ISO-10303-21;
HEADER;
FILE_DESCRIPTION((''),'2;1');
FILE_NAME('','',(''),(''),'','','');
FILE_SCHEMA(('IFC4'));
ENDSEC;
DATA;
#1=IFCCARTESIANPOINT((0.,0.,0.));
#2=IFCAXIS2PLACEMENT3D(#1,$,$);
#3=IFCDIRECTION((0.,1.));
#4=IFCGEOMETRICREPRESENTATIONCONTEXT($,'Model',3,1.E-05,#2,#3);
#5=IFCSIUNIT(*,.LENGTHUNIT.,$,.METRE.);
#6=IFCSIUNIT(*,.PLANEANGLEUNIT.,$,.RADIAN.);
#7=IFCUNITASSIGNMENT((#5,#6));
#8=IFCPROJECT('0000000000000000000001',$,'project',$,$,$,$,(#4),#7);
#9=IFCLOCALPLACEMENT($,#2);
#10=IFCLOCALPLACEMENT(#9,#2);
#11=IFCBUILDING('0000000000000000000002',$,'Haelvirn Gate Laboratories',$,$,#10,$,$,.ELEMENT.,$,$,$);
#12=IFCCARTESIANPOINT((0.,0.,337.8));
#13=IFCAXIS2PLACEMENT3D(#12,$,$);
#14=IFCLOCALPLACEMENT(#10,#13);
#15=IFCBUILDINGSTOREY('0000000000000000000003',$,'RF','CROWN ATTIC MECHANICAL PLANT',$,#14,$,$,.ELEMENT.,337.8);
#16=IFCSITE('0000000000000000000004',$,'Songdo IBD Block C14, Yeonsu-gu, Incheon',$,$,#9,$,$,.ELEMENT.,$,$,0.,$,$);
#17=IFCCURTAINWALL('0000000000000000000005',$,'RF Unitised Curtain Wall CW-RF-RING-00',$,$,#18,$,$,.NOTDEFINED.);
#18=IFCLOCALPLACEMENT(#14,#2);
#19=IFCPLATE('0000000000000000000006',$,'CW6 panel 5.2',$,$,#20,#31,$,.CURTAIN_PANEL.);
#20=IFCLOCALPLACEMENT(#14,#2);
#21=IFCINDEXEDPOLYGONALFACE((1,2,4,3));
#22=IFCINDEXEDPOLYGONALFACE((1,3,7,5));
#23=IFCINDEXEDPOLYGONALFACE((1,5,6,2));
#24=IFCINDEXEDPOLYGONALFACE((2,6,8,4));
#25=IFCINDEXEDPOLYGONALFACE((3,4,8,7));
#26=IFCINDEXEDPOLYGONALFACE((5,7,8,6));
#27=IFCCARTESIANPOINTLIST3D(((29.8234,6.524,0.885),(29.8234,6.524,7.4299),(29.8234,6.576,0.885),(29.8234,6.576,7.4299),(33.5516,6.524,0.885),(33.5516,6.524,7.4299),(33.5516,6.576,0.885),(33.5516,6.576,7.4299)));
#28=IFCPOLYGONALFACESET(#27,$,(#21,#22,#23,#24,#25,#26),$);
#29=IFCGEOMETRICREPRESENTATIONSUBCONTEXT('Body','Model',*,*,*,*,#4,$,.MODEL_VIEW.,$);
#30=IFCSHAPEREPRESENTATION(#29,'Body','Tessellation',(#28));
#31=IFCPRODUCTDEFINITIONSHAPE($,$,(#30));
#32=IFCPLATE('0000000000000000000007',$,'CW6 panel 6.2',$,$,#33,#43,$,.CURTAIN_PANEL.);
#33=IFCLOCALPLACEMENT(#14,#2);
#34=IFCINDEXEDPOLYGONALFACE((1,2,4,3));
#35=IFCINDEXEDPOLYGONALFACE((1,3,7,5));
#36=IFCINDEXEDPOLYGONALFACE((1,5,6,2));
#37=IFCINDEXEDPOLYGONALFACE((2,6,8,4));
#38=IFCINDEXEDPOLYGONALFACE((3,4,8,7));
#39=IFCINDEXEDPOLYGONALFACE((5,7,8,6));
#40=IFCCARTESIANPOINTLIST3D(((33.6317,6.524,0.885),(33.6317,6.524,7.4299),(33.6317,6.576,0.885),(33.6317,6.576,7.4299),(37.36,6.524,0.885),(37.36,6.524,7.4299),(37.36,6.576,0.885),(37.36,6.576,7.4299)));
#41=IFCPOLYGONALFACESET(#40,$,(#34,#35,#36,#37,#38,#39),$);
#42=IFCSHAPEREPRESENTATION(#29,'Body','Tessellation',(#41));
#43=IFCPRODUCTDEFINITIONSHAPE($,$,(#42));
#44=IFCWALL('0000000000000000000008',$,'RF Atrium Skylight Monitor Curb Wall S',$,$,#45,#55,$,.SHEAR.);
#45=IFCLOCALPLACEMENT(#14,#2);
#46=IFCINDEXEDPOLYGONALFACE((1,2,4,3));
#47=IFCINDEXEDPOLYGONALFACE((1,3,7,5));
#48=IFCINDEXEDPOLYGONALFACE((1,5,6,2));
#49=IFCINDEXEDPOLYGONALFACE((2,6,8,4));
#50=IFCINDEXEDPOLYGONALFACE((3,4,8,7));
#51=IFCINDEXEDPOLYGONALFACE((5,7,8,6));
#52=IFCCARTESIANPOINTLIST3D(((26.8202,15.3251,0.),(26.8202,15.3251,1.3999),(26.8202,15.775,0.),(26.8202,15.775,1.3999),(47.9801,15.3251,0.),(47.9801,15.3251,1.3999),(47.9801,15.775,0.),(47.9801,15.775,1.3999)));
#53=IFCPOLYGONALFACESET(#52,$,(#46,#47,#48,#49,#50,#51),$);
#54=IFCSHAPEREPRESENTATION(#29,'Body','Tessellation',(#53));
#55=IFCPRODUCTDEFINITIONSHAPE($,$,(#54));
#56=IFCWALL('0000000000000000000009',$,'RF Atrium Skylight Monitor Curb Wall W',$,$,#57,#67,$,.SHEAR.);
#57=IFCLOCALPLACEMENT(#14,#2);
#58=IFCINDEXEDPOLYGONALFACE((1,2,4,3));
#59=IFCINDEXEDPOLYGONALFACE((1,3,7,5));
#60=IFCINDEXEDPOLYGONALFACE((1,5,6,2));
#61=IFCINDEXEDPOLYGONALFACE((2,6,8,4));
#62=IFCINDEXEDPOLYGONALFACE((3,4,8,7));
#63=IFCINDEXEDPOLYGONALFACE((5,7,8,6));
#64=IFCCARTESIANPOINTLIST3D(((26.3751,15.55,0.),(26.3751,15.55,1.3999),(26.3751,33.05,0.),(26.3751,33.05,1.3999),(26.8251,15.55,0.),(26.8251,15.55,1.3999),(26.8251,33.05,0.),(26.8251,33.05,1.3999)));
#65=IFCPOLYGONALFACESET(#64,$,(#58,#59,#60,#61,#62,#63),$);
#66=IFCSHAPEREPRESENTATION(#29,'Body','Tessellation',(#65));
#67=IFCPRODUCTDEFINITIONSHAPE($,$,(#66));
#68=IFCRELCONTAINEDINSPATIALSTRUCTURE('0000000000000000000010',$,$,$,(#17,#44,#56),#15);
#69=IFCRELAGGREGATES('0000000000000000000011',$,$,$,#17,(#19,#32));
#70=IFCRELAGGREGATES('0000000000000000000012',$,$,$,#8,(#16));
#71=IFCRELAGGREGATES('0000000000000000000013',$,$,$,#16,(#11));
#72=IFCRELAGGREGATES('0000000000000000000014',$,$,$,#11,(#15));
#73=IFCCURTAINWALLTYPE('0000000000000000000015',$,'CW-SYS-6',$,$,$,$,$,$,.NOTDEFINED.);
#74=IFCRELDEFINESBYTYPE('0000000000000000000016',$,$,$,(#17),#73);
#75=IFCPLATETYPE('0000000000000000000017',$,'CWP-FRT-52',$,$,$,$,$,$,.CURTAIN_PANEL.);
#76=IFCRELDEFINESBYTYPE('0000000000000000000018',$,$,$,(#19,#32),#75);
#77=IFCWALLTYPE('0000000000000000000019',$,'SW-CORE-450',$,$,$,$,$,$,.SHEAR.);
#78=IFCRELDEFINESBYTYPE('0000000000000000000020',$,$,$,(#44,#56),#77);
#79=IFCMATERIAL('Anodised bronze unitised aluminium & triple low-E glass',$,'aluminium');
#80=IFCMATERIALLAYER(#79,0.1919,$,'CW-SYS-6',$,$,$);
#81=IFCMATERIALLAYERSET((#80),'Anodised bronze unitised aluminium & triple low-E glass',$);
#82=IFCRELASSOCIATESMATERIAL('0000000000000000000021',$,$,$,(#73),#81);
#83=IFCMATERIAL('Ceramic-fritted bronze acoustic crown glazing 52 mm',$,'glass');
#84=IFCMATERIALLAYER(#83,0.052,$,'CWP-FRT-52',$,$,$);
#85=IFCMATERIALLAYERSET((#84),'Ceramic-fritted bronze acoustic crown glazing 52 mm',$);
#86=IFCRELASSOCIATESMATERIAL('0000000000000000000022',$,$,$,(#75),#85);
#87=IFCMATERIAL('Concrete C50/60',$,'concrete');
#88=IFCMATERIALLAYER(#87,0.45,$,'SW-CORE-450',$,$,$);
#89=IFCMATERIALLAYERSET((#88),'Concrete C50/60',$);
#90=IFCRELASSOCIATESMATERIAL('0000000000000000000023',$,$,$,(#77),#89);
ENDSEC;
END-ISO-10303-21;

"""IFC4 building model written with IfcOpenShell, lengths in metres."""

from ifc_helpers import new_model, si_unit, direction, frame, frame_2d, origin, origin_2d, place, context, subcontext, project, spatial, rectangle, extrude, source, transform, mapped, material, layer, layer_set, type_object, element, aggregate, save


model = new_model("IFC4")

# Units and contexts
model_context = context("Model", 3, precision=1e-05, world=origin(), true_north=direction((0.0, 1.0)))
body_context = subcontext(model_context, "Body", "Model", "MODEL_VIEW")
ifc_project = project(units=[si_unit("LENGTHUNIT", "METRE"), si_unit("PLANEANGLEUNIT", "RADIAN")], contexts=[model_context])

# Site, building, storey
site_placement = place(None, origin())
site = spatial("IfcSite", under=ifc_project, at=site_placement, Name="Songdo IBD Block C14, Yeonsu-gu, Incheon", CompositionType="ELEMENT", RefElevation=0.0)
building_placement = place(site_placement, origin())
building = spatial("IfcBuilding", under=site, at=building_placement, Name="Haelvirn Gate Laboratories", CompositionType="ELEMENT")
storey_placement = place(building_placement, frame((0.0, 0.0, 337.8)))
storey = spatial("IfcBuildingStorey", under=building, at=storey_placement, Name="RF", Description="CROWN ATTIC MECHANICAL PLANT", CompositionType="ELEMENT", Elevation=337.8)

# Curtain wall
ifc_material_1 = material(Name="Anodised bronze unitised aluminium & triple low-E glass", Category="aluminium")
ifc_layer_1 = layer(ifc_material_1, 0.1919, Name="CW-SYS-6")
ifc_layer_set_1 = layer_set([ifc_layer_1], Name="Anodised bronze unitised aluminium & triple low-E glass")
curtain_wall_type = type_object("IfcCurtainWallType", Name="CW-SYS-6", PredefinedType="NOTDEFINED", material=ifc_layer_set_1)
curtain_wall_placement = place(storey_placement, origin())
curtain_wall = element("IfcCurtainWall", 1, at=curtain_wall_placement, inside=storey, type_object=curtain_wall_type, Name="RF Unitised Curtain Wall CW-RF-RING-00", PredefinedType="NOTDEFINED")

# Plates
ifc_material_2 = material(Name="Ceramic-fritted bronze acoustic crown glazing 52 mm", Category="glass")
ifc_layer_2 = layer(ifc_material_2, 0.052, Name="CWP-FRT-52")
ifc_layer_set_2 = layer_set([ifc_layer_2], Name="Ceramic-fritted bronze acoustic crown glazing 52 mm")
plate_type_1 = type_object("IfcPlateType", Name="CWP-FRT-52", PredefinedType="CURTAIN_PANEL", material=ifc_layer_set_2)
shared_shape_1 = source(origin(), body_context, "Body", "SweptSolid", [
    extrude(rectangle(XDim=3.7283, YDim=0.052, at=origin_2d()), origin(), (0.0, 0.0, 1.0), 6.5449),
])
plate_1_placement = place(storey_placement, frame((31.6875, 6.55, 0.885), z_axis=(0.0, 0.0, 1.0), x_axis=(1.0, 0.0, 0.0)))
plate_1 = element("IfcPlate", 2, at=plate_1_placement, type_object=plate_type_1, Name="CW6 panel 5.2", PredefinedType="CURTAIN_PANEL", context=body_context, shape_type="MappedRepresentation", body=[
    mapped(shared_shape_1, transform((0.0, 0.0, 0.0), scale=1.0)),
])
plate_2_placement = place(storey_placement, frame((35.4958, 6.55, 0.885), z_axis=(0.0, 0.0, 1.0), x_axis=(1.0, 0.0, 0.0)))
plate_2 = element("IfcPlate", 3, at=plate_2_placement, type_object=plate_type_1, Name="CW6 panel 6.2", PredefinedType="CURTAIN_PANEL", context=body_context, shape_type="MappedRepresentation", body=[
    mapped(shared_shape_1, transform((0.0, 0.0, 0.0), scale=1.0)),
])
aggregate(curtain_wall, [plate_1, plate_2])

# Walls
ifc_material_3 = material(Name="Concrete C50/60", Category="concrete")
ifc_layer_3 = layer(ifc_material_3, 0.45, Name="SW-CORE-450")
ifc_layer_set_3 = layer_set([ifc_layer_3], Name="Concrete C50/60")
wall_type = type_object("IfcWallType", Name="SW-CORE-450", PredefinedType="SHEAR", material=ifc_layer_set_3)
wall_1_placement = place(storey_placement, frame((26.8201, 15.55, 0.0), z_axis=(0.0, 0.0, 1.0), x_axis=(1.0, 0.0, 0.0)))
element("IfcWall", 4, at=wall_1_placement, inside=storey, type_object=wall_type, Name="RF Atrium Skylight Monitor Curb Wall S", PredefinedType="SHEAR", context=body_context, shape_type="SweptSolid", body=[
    extrude(rectangle(XDim=21.1599, YDim=0.45, at=frame_2d((10.5801, 0.0))), origin(), (0.0, 0.0, 1.0), 1.3999),
])
wall_2_placement = place(storey_placement, frame((26.6001, 15.55, 0.0), z_axis=(0.0, 0.0, 1.0), x_axis=(0.0, 1.0, 0.0)))
element("IfcWall", 5, at=wall_2_placement, inside=storey, type_object=wall_type, Name="RF Atrium Skylight Monitor Curb Wall W", PredefinedType="SHEAR", context=body_context, shape_type="SweptSolid", body=[
    extrude(rectangle(XDim=17.5, YDim=0.45, at=frame_2d((8.75, 0.0))), origin(), (0.0, 0.0, 1.0), 1.3999),
])

save(model, "model.ifc")
